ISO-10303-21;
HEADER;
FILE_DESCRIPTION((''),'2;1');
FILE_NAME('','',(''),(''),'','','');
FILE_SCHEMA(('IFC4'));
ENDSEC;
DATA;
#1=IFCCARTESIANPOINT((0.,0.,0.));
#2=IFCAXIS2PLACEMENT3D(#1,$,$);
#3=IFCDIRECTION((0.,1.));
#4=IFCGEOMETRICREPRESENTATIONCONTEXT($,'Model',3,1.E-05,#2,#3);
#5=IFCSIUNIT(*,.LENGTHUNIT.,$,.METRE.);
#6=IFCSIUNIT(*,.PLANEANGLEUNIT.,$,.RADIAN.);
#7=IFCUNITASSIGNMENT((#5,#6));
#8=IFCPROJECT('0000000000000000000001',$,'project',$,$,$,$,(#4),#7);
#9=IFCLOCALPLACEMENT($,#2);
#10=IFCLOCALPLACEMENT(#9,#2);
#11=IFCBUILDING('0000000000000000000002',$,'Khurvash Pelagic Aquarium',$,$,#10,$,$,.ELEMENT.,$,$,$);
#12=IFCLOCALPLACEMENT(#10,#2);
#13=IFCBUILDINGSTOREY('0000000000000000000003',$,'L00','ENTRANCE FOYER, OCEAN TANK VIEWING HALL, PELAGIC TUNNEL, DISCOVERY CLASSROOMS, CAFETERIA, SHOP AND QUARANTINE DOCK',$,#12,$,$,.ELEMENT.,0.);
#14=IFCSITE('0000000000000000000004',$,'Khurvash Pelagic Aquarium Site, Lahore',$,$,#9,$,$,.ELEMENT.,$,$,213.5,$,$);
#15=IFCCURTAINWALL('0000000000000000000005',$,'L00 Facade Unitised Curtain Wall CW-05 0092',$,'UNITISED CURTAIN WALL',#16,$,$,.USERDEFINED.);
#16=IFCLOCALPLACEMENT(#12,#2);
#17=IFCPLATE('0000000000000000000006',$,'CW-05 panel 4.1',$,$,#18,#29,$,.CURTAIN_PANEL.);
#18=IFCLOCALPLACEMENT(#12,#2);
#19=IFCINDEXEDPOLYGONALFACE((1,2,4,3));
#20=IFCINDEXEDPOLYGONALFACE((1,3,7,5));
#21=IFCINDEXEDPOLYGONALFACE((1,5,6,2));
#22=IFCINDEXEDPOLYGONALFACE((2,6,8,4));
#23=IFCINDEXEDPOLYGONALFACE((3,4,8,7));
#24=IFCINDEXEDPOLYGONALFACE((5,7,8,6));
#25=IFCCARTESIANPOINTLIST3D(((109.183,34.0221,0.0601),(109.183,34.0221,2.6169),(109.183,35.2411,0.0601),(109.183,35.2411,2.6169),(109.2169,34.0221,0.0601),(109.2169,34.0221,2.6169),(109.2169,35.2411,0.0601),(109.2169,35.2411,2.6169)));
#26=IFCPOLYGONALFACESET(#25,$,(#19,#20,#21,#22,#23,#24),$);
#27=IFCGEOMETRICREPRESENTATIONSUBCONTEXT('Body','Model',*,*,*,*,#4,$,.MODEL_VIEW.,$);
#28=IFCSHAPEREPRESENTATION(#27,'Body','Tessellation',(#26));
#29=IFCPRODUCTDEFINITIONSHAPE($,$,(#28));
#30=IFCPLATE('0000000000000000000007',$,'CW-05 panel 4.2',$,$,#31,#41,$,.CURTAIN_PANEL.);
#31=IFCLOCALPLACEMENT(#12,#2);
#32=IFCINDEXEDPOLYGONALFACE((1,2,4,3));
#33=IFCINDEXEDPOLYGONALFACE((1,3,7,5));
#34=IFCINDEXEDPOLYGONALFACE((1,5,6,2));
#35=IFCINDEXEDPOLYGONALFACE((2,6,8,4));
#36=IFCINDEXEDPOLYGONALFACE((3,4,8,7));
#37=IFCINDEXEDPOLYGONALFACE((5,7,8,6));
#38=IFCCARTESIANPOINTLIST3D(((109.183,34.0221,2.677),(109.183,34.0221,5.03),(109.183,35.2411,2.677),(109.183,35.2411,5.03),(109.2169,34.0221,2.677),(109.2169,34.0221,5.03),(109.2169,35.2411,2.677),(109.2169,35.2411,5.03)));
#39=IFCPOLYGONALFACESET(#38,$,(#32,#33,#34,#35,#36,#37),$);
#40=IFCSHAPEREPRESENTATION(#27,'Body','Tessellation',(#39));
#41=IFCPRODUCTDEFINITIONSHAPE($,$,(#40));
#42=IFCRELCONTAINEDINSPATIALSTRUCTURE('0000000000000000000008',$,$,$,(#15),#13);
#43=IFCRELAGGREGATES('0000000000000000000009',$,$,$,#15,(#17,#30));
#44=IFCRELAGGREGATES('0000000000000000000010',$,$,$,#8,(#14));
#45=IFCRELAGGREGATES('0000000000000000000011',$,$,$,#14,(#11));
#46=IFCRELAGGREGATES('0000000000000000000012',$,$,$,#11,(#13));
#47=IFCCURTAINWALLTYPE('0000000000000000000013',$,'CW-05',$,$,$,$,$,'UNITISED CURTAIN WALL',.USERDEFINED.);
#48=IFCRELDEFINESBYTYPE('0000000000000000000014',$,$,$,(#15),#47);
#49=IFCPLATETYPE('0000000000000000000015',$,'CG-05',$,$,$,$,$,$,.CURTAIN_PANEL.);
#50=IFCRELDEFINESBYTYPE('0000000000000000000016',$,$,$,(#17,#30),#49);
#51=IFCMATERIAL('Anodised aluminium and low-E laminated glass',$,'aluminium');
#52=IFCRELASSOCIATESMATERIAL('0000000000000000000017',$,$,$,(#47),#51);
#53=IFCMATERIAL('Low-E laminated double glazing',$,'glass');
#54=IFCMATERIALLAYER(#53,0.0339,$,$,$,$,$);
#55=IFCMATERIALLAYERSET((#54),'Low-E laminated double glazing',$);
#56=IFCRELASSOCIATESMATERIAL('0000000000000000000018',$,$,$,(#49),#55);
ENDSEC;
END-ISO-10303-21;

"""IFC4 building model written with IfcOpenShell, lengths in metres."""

from ifc_helpers import new_model, si_unit, direction, frame, origin, origin_2d, place, context, subcontext, project, spatial, rectangle, extrude, material, layer, layer_set, type_object, element, aggregate, save


model = new_model("IFC4")

# Units and contexts
model_context = context("Model", 3, precision=1e-05, world=origin(), true_north=direction((0.0, 1.0)))
body_context = subcontext(model_context, "Body", "Model", "MODEL_VIEW")
ifc_project = project(units=[si_unit("LENGTHUNIT", "METRE"), si_unit("PLANEANGLEUNIT", "RADIAN")], contexts=[model_context])

# Site, building, storey
site_placement = place(None, origin())
site = spatial("IfcSite", under=ifc_project, at=site_placement, Name="Khurvash Pelagic Aquarium Site, Lahore", CompositionType="ELEMENT", RefElevation=213.5)
building_placement = place(site_placement, origin())
building = spatial("IfcBuilding", under=site, at=building_placement, Name="Khurvash Pelagic Aquarium", CompositionType="ELEMENT")
storey_placement = place(building_placement, origin())
storey = spatial("IfcBuildingStorey", under=building, at=storey_placement, Name="L00", Description="ENTRANCE FOYER, OCEAN TANK VIEWING HALL, PELAGIC TUNNEL, DISCOVERY CLASSROOMS, CAFETERIA, SHOP AND QUARANTINE DOCK", CompositionType="ELEMENT", Elevation=0.0)

# Curtain wall
ifc_material_1 = material(Name="Anodised aluminium and low-E laminated glass", Category="aluminium")
curtain_wall_type_1 = type_object("IfcCurtainWallType", Name="CW-05", ElementType="UNITISED CURTAIN WALL", PredefinedType="USERDEFINED", material=ifc_material_1)
curtain_wall_1_placement = place(storey_placement, origin())
curtain_wall_1 = element("IfcCurtainWall", 1, at=curtain_wall_1_placement, inside=storey, type_object=curtain_wall_type_1, Name="L00 Facade Unitised Curtain Wall CW-05 0092", ObjectType="UNITISED CURTAIN WALL", PredefinedType="USERDEFINED")

# Plates
ifc_material_2 = material(Name="Low-E laminated double glazing", Category="glass")
ifc_layer_1 = layer(ifc_material_2, 0.0339)
ifc_layer_set_1 = layer_set([ifc_layer_1], Name="Low-E laminated double glazing")
plate_type_1 = type_object("IfcPlateType", Name="CG-05", PredefinedType="CURTAIN_PANEL", material=ifc_layer_set_1)
plate_1_placement = place(storey_placement, frame((109.2, 34.6316, 0.0601), z_axis=(0.0, 0.0, 1.0), x_axis=(0.0, 1.0, 0.0)))
plate_1 = element("IfcPlate", 2, at=plate_1_placement, type_object=plate_type_1, Name="CW-05 panel 4.1", PredefinedType="CURTAIN_PANEL", context=body_context, shape_type="SweptSolid", body=[
    extrude(rectangle(XDim=1.219, YDim=0.0339, at=origin_2d()), origin(), (0.0, 0.0, 1.0), 2.5569),
])
plate_2_placement = place(storey_placement, frame((109.2, 34.6316, 2.677), z_axis=(0.0, 0.0, 1.0), x_axis=(0.0, 1.0, 0.0)))
plate_2 = element("IfcPlate", 3, at=plate_2_placement, type_object=plate_type_1, Name="CW-05 panel 4.2", PredefinedType="CURTAIN_PANEL", context=body_context, shape_type="SweptSolid", body=[
    extrude(rectangle(XDim=1.219, YDim=0.0339, at=origin_2d()), origin(), (0.0, 0.0, 1.0), 2.353),
])
aggregate(curtain_wall_1, [plate_1, plate_2])

save(model, "model.ifc")
